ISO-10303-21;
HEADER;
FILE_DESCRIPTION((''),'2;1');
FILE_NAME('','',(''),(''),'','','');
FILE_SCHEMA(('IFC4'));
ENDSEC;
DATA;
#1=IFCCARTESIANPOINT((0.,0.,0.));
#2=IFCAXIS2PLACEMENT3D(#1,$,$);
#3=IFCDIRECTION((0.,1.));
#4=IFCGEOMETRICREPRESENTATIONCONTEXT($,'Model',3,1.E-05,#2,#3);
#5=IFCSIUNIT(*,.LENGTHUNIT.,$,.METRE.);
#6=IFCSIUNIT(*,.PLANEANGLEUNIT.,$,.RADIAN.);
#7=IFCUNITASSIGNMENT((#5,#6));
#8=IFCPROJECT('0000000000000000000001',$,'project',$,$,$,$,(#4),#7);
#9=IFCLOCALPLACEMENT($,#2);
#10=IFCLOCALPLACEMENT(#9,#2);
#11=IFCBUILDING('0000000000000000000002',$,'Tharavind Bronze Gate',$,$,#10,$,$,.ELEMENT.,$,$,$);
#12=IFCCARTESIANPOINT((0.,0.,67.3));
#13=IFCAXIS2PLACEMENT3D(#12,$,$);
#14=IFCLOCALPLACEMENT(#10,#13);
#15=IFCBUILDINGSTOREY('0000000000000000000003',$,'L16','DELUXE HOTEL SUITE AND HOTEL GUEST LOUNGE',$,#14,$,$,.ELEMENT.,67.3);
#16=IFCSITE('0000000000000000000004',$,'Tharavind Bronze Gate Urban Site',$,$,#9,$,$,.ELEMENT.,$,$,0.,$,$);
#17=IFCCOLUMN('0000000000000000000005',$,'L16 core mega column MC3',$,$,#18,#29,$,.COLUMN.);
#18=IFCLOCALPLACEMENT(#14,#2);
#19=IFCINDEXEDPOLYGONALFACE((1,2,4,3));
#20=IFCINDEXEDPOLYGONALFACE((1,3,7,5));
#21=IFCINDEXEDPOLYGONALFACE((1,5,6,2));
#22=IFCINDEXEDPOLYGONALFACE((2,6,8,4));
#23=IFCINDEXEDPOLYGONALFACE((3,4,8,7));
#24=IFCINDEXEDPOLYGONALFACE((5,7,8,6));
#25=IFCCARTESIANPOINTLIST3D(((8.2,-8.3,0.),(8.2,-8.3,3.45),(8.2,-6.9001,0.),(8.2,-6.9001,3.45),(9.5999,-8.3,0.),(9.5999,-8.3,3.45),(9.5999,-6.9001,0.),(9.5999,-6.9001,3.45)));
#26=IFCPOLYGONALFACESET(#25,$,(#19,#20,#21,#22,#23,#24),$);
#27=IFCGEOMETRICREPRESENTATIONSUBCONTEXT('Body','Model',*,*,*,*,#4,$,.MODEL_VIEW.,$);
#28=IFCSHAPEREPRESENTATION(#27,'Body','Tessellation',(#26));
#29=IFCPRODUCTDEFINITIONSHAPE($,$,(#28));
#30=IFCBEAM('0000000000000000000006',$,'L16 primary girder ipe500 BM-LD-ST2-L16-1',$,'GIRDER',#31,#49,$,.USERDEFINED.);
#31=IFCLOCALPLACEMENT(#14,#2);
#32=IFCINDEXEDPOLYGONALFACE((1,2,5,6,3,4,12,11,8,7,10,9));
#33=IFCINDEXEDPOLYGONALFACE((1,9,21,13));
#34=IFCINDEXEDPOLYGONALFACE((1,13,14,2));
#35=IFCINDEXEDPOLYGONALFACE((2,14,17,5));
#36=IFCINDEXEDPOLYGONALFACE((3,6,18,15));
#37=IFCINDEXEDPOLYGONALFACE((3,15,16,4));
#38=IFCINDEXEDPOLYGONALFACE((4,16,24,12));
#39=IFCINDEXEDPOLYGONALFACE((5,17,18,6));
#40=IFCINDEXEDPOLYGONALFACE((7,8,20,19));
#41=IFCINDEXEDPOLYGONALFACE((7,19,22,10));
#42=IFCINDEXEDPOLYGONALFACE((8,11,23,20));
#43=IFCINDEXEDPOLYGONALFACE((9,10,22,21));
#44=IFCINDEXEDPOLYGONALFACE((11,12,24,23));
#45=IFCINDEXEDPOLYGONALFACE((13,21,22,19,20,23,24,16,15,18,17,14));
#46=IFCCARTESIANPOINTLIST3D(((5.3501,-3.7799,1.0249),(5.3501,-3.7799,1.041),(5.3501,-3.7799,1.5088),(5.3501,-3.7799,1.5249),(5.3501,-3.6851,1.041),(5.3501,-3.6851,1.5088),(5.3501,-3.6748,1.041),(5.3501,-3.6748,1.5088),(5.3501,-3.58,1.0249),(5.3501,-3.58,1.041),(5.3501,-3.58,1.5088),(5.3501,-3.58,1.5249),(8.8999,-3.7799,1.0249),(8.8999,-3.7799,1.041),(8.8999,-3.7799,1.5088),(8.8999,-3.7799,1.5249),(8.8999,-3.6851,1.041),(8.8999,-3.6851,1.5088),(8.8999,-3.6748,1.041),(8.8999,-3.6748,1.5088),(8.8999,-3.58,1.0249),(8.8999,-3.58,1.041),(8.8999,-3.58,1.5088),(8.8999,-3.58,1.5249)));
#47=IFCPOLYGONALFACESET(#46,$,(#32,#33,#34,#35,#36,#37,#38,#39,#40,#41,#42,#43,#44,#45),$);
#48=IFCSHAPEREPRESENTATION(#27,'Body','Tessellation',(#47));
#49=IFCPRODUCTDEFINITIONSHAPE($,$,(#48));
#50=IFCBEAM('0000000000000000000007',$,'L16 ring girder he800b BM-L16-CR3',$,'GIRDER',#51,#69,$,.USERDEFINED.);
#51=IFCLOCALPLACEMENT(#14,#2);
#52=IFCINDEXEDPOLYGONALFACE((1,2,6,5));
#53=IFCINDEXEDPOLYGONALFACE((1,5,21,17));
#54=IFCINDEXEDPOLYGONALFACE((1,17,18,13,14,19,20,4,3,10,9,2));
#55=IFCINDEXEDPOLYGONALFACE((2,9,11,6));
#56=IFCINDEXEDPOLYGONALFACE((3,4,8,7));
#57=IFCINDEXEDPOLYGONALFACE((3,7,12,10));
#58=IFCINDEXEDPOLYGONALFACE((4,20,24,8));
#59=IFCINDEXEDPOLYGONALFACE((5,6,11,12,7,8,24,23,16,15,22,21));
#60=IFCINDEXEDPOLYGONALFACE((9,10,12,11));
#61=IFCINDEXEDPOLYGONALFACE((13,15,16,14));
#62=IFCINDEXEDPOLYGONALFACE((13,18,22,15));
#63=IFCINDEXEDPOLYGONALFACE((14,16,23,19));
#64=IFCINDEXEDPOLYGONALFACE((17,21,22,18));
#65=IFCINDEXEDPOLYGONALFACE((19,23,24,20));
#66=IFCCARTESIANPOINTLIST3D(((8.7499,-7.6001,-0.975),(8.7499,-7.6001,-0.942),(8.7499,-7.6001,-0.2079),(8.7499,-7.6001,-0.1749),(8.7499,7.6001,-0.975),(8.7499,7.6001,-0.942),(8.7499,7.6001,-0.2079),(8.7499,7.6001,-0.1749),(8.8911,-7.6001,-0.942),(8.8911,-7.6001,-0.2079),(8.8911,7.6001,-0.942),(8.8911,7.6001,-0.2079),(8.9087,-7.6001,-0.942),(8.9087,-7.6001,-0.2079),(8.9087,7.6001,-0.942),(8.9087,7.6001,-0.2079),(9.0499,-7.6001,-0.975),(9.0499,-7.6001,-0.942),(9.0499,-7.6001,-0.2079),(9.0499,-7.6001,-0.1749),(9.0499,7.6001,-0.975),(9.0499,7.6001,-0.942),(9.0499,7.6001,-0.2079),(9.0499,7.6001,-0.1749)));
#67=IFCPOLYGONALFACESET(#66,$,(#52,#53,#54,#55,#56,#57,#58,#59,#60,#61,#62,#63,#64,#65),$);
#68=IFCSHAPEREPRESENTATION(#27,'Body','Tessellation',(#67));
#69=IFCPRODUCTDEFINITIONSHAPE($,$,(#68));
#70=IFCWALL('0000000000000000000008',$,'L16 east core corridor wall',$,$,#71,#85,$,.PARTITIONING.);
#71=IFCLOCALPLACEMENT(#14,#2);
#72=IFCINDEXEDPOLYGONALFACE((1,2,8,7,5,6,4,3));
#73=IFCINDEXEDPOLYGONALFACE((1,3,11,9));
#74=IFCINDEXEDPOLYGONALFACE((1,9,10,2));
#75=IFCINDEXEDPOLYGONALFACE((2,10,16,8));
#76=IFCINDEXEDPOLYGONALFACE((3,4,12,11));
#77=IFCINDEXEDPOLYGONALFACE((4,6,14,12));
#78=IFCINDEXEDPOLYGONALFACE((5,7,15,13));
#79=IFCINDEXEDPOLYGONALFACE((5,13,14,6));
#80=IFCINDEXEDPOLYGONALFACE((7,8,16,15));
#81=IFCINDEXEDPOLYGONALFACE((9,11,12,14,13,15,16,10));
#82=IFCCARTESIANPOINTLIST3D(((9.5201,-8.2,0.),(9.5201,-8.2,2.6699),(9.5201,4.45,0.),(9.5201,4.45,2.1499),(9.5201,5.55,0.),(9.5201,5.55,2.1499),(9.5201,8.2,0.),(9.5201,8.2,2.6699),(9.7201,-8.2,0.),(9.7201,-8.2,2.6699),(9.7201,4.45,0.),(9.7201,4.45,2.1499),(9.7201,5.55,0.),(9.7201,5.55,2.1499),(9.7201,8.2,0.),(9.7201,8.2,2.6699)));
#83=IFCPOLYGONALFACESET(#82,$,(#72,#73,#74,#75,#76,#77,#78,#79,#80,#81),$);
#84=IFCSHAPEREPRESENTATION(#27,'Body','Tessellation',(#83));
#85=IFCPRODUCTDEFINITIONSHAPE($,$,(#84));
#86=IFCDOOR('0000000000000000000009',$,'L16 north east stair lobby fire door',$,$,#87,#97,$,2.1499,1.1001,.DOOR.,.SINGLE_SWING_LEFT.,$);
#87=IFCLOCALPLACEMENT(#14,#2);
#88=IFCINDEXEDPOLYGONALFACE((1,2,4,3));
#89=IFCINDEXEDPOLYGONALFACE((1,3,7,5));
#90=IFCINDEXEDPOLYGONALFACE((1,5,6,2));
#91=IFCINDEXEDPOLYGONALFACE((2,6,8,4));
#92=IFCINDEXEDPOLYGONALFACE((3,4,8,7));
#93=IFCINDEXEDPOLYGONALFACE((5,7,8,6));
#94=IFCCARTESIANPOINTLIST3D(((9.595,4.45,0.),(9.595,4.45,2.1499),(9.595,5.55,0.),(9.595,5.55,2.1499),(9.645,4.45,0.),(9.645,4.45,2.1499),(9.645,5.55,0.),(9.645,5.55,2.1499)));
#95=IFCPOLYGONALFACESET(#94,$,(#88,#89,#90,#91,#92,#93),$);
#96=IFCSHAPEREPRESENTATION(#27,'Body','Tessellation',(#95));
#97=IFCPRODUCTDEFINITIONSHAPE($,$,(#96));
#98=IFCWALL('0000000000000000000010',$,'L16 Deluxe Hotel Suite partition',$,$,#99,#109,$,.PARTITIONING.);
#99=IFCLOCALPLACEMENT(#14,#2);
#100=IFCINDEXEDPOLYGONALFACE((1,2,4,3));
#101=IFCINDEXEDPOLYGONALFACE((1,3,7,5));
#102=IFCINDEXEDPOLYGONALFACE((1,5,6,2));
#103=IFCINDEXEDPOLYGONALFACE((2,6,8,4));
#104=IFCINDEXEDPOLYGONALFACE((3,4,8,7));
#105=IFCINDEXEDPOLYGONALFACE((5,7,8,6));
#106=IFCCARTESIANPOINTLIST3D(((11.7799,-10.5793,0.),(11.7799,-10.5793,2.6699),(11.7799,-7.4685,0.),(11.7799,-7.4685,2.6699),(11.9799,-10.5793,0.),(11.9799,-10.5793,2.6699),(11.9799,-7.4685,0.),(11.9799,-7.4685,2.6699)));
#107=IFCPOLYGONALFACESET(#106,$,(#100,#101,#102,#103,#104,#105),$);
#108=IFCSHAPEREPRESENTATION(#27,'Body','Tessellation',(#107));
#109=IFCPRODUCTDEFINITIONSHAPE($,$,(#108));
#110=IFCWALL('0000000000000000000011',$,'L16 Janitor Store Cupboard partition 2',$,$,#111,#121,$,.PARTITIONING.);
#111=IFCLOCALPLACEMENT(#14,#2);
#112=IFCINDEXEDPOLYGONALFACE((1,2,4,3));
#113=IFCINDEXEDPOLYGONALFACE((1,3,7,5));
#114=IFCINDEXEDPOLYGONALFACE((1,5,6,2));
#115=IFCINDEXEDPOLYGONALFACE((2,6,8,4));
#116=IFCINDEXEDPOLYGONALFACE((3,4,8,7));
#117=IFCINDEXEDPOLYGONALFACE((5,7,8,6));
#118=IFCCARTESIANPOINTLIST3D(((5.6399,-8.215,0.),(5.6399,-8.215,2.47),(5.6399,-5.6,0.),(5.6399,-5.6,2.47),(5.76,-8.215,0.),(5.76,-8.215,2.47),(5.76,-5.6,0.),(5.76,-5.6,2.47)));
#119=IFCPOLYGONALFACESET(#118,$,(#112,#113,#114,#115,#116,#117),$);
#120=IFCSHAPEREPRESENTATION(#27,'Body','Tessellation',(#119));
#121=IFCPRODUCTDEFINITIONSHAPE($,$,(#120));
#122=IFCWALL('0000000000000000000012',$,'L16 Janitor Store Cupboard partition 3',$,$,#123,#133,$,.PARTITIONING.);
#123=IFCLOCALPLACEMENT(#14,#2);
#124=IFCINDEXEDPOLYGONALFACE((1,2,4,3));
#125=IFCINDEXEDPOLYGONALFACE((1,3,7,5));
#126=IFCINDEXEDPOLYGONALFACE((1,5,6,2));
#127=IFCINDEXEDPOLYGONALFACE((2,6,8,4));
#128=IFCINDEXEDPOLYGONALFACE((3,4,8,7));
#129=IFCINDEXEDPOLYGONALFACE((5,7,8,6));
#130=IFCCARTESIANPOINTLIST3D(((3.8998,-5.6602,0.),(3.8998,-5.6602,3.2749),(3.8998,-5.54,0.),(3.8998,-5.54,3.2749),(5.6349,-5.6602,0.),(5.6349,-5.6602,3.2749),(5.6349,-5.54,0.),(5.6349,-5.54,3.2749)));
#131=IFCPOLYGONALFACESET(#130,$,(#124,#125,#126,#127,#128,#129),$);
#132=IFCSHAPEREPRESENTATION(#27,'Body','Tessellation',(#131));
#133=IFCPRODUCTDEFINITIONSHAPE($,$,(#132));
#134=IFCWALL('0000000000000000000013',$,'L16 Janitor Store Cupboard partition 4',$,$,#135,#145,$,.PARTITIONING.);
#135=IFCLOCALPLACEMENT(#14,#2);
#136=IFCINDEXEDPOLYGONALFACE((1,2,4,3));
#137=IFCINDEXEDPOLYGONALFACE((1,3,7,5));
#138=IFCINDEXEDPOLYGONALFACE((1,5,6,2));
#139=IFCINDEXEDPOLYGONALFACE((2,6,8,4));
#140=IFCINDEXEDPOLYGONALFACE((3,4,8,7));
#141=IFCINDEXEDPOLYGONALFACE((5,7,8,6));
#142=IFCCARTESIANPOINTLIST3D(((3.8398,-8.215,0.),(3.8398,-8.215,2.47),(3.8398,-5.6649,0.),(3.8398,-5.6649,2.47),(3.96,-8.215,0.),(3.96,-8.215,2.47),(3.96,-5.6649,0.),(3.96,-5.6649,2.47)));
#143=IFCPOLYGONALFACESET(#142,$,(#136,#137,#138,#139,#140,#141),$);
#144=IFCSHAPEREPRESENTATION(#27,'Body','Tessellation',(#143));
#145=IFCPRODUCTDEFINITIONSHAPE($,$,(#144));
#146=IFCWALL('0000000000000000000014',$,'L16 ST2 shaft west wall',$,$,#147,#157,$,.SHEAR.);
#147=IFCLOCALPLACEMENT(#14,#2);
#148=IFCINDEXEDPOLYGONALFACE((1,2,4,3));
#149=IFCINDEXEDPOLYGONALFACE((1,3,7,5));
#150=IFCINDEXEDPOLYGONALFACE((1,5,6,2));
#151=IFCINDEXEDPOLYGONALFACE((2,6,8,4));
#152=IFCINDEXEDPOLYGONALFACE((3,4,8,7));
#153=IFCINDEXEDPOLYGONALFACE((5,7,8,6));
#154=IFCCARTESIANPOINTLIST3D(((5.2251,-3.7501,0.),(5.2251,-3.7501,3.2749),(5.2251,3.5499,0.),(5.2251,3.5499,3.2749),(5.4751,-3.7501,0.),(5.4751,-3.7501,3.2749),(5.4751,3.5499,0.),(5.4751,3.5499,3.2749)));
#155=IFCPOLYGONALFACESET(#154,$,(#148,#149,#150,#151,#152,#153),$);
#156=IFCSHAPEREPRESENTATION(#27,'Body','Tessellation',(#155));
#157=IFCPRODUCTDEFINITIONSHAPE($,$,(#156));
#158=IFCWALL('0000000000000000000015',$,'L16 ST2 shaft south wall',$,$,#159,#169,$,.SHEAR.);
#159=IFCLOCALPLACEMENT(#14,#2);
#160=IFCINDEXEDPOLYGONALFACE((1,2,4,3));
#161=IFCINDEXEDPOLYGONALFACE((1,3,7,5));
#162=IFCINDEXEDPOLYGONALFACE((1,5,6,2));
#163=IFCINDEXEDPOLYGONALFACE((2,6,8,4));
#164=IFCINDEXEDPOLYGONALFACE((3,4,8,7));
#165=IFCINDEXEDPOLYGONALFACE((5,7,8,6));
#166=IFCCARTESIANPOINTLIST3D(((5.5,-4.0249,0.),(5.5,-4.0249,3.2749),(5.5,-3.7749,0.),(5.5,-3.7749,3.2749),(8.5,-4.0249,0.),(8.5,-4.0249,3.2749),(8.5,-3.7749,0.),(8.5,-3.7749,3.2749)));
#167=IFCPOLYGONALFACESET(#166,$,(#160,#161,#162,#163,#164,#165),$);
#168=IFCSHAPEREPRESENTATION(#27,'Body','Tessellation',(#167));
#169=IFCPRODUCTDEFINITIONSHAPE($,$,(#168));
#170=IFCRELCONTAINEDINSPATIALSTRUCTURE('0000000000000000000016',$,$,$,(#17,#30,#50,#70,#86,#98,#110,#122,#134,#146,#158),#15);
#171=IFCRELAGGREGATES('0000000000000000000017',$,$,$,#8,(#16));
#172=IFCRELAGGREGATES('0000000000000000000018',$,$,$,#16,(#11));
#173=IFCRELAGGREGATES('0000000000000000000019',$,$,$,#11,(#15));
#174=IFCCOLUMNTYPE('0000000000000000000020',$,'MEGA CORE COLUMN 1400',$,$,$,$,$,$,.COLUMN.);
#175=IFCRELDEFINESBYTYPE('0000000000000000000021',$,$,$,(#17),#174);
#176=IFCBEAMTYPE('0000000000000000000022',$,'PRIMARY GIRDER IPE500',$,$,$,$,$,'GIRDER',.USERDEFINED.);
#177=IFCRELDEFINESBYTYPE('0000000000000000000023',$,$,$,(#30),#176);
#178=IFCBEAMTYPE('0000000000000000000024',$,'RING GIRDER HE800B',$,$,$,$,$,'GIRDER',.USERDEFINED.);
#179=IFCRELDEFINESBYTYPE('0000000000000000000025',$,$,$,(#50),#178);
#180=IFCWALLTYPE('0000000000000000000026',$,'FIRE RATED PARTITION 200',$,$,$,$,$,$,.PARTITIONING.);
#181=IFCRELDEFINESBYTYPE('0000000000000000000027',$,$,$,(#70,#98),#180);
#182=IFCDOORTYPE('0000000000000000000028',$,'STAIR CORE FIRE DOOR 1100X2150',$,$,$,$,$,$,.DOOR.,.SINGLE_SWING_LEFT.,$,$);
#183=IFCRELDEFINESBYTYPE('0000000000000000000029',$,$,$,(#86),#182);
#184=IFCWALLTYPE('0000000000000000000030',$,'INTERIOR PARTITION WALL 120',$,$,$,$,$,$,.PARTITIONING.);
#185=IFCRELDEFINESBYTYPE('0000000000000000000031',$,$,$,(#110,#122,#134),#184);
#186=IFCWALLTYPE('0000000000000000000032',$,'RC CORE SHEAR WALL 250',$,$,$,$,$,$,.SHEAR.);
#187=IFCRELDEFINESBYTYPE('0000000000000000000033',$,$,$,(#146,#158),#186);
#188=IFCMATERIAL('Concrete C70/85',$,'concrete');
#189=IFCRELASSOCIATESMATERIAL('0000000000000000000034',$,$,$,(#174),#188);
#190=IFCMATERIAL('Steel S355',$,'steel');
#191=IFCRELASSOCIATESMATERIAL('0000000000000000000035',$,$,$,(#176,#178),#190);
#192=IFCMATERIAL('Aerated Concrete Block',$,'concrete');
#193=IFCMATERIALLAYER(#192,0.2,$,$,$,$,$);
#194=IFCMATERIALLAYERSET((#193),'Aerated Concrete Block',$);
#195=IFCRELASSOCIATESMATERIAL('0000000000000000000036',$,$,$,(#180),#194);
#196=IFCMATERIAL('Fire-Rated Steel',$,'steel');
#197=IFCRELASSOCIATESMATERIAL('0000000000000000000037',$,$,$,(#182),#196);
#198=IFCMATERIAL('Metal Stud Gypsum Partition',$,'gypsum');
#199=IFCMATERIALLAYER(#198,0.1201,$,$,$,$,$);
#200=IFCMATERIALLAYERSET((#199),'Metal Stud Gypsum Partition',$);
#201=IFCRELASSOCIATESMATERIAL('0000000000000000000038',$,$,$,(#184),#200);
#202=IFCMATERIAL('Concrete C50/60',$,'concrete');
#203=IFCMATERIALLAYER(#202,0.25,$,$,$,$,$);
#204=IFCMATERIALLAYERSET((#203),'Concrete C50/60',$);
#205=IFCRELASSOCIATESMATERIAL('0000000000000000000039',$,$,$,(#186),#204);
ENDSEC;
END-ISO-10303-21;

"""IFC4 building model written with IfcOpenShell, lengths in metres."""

from ifc_helpers import new_model, si_unit, direction, frame, frame_2d, origin, origin_2d, place, context, subcontext, project, spatial, rectangle, i_section, extrude, material, layer, layer_set, material_profile, profile_set, type_object, element, fill, save


model = new_model("IFC4")

# Units and contexts
model_context = context("Model", 3, precision=1e-05, world=origin(), true_north=direction((0.0, 1.0)))
body_context = subcontext(model_context, "Body", "Model", "MODEL_VIEW")
ifc_project = project(units=[si_unit("LENGTHUNIT", "METRE"), si_unit("PLANEANGLEUNIT", "RADIAN")], contexts=[model_context])

# Site, building, storey
site_placement = place(None, origin())
site = spatial("IfcSite", under=ifc_project, at=site_placement, Name="Tharavind Bronze Gate Urban Site", CompositionType="ELEMENT", RefElevation=0.0)
building_placement = place(site_placement, origin())
building = spatial("IfcBuilding", under=site, at=building_placement, Name="Tharavind Bronze Gate", CompositionType="ELEMENT")
storey_placement = place(building_placement, frame((0.0, 0.0, 67.3)))
storey = spatial("IfcBuildingStorey", under=building, at=storey_placement, Name="L16", Description="DELUXE HOTEL SUITE AND HOTEL GUEST LOUNGE", CompositionType="ELEMENT", Elevation=67.3)

# Column
ifc_material_1 = material(Name="Concrete C70/85", Category="concrete")
ifc_material_profile_1 = material_profile(ifc_material_1, rectangle(XDim=1.3999, YDim=1.3999, at=origin_2d()), Name="RCCOL1400")
ifc_profile_set_1 = profile_set([ifc_material_profile_1], Name="Concrete C70/85")
column_type = type_object("IfcColumnType", Name="MEGA CORE COLUMN 1400", PredefinedType="COLUMN", material=ifc_profile_set_1)
column_placement = place(storey_placement, frame((8.8999, -7.6001, 0.0), z_axis=(0.0, 0.0, 1.0), x_axis=(1.0, 0.0, 0.0)))
element("IfcColumn", 1, at=column_placement, inside=storey, type_object=column_type, Name="L16 core mega column MC3", PredefinedType="COLUMN", context=body_context, shape_type="SweptSolid", body=[
    extrude(rectangle(XDim=1.3999, YDim=1.3999, at=origin_2d()), origin(), (0.0, 0.0, 1.0), 3.45),
])

# Beams
ifc_material_2 = material(Name="Steel S355", Category="steel")
ifc_material_profile_2 = material_profile(ifc_material_2, i_section(OverallWidth=0.2, OverallDepth=0.5, WebThickness=0.0103, FlangeThickness=0.0161, at=origin_2d()), Name="IPE500")
ifc_profile_set_2 = profile_set([ifc_material_profile_2], Name="Steel S355")
beam_type_1 = type_object("IfcBeamType", Name="PRIMARY GIRDER IPE500", ElementType="GIRDER", PredefinedType="USERDEFINED", material=ifc_profile_set_2)
beam_1_placement = place(storey_placement, frame((5.3501, -3.6799, 1.2749), z_axis=(1.0, 0.0, 0.0), x_axis=(0.0, 1.0, 0.0)))
element("IfcBeam", 2, at=beam_1_placement, inside=storey, type_object=beam_type_1, Name="L16 primary girder ipe500 BM-LD-ST2-L16-1", ObjectType="GIRDER", PredefinedType="USERDEFINED", context=body_context, shape_type="SweptSolid", body=[
    extrude(i_section(OverallWidth=0.2, OverallDepth=0.5, WebThickness=0.0103, FlangeThickness=0.0161, at=origin_2d()), origin(), (0.0, 0.0, 1.0), 3.5498),
])
ifc_material_profile_3 = material_profile(ifc_material_2, i_section(OverallWidth=0.3, OverallDepth=0.8, WebThickness=0.0176, FlangeThickness=0.033, at=origin_2d()), Name="HE800B")
ifc_profile_set_3 = profile_set([ifc_material_profile_3], Name="Steel S355")
beam_type_2 = type_object("IfcBeamType", Name="RING GIRDER HE800B", ElementType="GIRDER", PredefinedType="USERDEFINED", material=ifc_profile_set_3)
beam_2_placement = place(storey_placement, frame((8.8999, -7.6001, -0.575), z_axis=(0.0, 1.0, 0.0), x_axis=(-1.0, 0.0, 0.0)))
element("IfcBeam", 3, at=beam_2_placement, inside=storey, type_object=beam_type_2, Name="L16 ring girder he800b BM-L16-CR3", ObjectType="GIRDER", PredefinedType="USERDEFINED", context=body_context, shape_type="SweptSolid", body=[
    extrude(i_section(OverallWidth=0.3, OverallDepth=0.8, WebThickness=0.0176, FlangeThickness=0.033, at=origin_2d()), origin(), (0.0, 0.0, 1.0), 15.2002),
])

# Wall, opening, door
ifc_material_3 = material(Name="Aerated Concrete Block", Category="concrete")
ifc_layer_1 = layer(ifc_material_3, 0.2)
ifc_layer_set_1 = layer_set([ifc_layer_1], Name="Aerated Concrete Block")
wall_type_1 = type_object("IfcWallType", Name="FIRE RATED PARTITION 200", PredefinedType="PARTITIONING", material=ifc_layer_set_1)
wall_1_placement = place(storey_placement, frame((9.6201, -8.2, 0.0), z_axis=(0.0, 0.0, 1.0), x_axis=(0.0, 1.0, 0.0)))
wall_1 = element("IfcWall", 4, at=wall_1_placement, inside=storey, type_object=wall_type_1, Name="L16 east core corridor wall", PredefinedType="PARTITIONING", context=body_context, shape_type="SweptSolid", body=[
    extrude(rectangle(XDim=16.3999, YDim=0.2, at=frame_2d((8.2, 0.0))), origin(), (0.0, 0.0, 1.0), 2.6699),
])
opening_1_placement = place(wall_1_placement, frame((12.6499, 0.0, 0.0)))
opening_1 = element("IfcOpeningElement", 5, at=opening_1_placement, cuts=wall_1, PredefinedType="OPENING", context=body_context, shape_type="SweptSolid", body=[
    extrude(rectangle(XDim=1.1001, YDim=2.1499, at=frame_2d((0.55, 1.075))), frame((0.0, 0.1101, 0.0), z_axis=(0.0, -1.0, 0.0), x_axis=(1.0, 0.0, 0.0)), (0.0, 0.0, 1.0), 0.22),
])
ifc_material_4 = material(Name="Fire-Rated Steel", Category="steel")
door_type_1 = type_object("IfcDoorType", Name="STAIR CORE FIRE DOOR 1100X2150", OperationType="SINGLE_SWING_LEFT", PredefinedType="DOOR", material=ifc_material_4)
door_1_placement = place(opening_1_placement, frame((1.1001, 0.0, 0.0), z_axis=(0.0, 0.0, 1.0), x_axis=(-1.0, 0.0, 0.0)))
door_1 = element("IfcDoor", 6, at=door_1_placement, inside=storey, type_object=door_type_1, Name="L16 north east stair lobby fire door", OperationType="SINGLE_SWING_LEFT", OverallHeight=2.1499, OverallWidth=1.1001, PredefinedType="DOOR", context=body_context, shape_type="SweptSolid", body=[
    extrude(rectangle(XDim=1.1001, YDim=2.1499, at=frame_2d((0.55, 1.075))), frame((0.0, 0.0249, 0.0), z_axis=(0.0, -1.0, 0.0), x_axis=(1.0, 0.0, 0.0)), (0.0, 0.0, 1.0), 0.05),
])
fill(opening_1, door_1)

# Wall
wall_2_placement = place(storey_placement, frame((11.8799, -10.5793, 0.0), z_axis=(0.0, 0.0, 1.0), x_axis=(0.0, 1.0, 0.0)))
element("IfcWall", 7, at=wall_2_placement, inside=storey, type_object=wall_type_1, Name="L16 Deluxe Hotel Suite partition", PredefinedType="PARTITIONING", context=body_context, shape_type="SweptSolid", body=[
    extrude(rectangle(XDim=3.1108, YDim=0.2, at=frame_2d((1.5554, 0.0))), origin(), (0.0, 0.0, 1.0), 2.6699),
])

# Walls
ifc_material_5 = material(Name="Metal Stud Gypsum Partition", Category="gypsum")
ifc_layer_2 = layer(ifc_material_5, 0.1201)
ifc_layer_set_2 = layer_set([ifc_layer_2], Name="Metal Stud Gypsum Partition")
wall_type_2 = type_object("IfcWallType", Name="INTERIOR PARTITION WALL 120", PredefinedType="PARTITIONING", material=ifc_layer_set_2)
wall_3_placement = place(storey_placement, frame((5.7, -8.2151, 0.0), z_axis=(0.0, 0.0, 1.0), x_axis=(0.0, 1.0, 0.0)))
element("IfcWall", 8, at=wall_3_placement, inside=storey, type_object=wall_type_2, Name="L16 Janitor Store Cupboard partition 2", PredefinedType="PARTITIONING", context=body_context, shape_type="SweptSolid", body=[
    extrude(rectangle(XDim=2.615, YDim=0.1201, at=frame_2d((1.3076, 0.0))), origin(), (0.0, 0.0, 1.0), 2.47),
])
wall_4_placement = place(storey_placement, frame((5.635, -5.6001, 0.0), z_axis=(0.0, 0.0, 1.0), x_axis=(-1.0, 0.0, 0.0)))
element("IfcWall", 9, at=wall_4_placement, inside=storey, type_object=wall_type_2, Name="L16 Janitor Store Cupboard partition 3", PredefinedType="PARTITIONING", context=body_context, shape_type="SweptSolid", body=[
    extrude(rectangle(XDim=1.7351, YDim=0.1201, at=frame_2d((0.8677, 0.0))), origin(), (0.0, 0.0, 1.0), 3.2749),
])
wall_5_placement = place(storey_placement, frame((3.8999, -5.665, 0.0), z_axis=(0.0, 0.0, 1.0), x_axis=(0.0, -1.0, 0.0)))
element("IfcWall", 10, at=wall_5_placement, inside=storey, type_object=wall_type_2, Name="L16 Janitor Store Cupboard partition 4", PredefinedType="PARTITIONING", context=body_context, shape_type="SweptSolid", body=[
    extrude(rectangle(XDim=2.55, YDim=0.1201, at=frame_2d((1.2749, 0.0))), origin(), (0.0, 0.0, 1.0), 2.47),
])
ifc_material_6 = material(Name="Concrete C50/60", Category="concrete")
ifc_layer_3 = layer(ifc_material_6, 0.25)
ifc_layer_set_3 = layer_set([ifc_layer_3], Name="Concrete C50/60")
wall_type_3 = type_object("IfcWallType", Name="RC CORE SHEAR WALL 250", PredefinedType="SHEAR", material=ifc_layer_set_3)
wall_6_placement = place(storey_placement, frame((5.3501, -3.75, 0.0), z_axis=(0.0, 0.0, 1.0), x_axis=(0.0, 1.0, 0.0)))
element("IfcWall", 11, at=wall_6_placement, inside=storey, type_object=wall_type_3, Name="L16 ST2 shaft west wall", PredefinedType="SHEAR", context=body_context, shape_type="SweptSolid", body=[
    extrude(rectangle(XDim=7.3, YDim=0.25, at=frame_2d((3.6499, 0.0))), origin(), (0.0, 0.0, 1.0), 3.2749),
])
wall_7_placement = place(storey_placement, frame((5.5, -3.8999, 0.0), z_axis=(0.0, 0.0, 1.0), x_axis=(1.0, 0.0, 0.0)))
element("IfcWall", 12, at=wall_7_placement, inside=storey, type_object=wall_type_3, Name="L16 ST2 shaft south wall", PredefinedType="SHEAR", context=body_context, shape_type="SweptSolid", body=[
    extrude(rectangle(XDim=3.0, YDim=0.25, at=frame_2d((1.5, 0.0))), origin(), (0.0, 0.0, 1.0), 3.2749),
])

save(model, "model.ifc")
